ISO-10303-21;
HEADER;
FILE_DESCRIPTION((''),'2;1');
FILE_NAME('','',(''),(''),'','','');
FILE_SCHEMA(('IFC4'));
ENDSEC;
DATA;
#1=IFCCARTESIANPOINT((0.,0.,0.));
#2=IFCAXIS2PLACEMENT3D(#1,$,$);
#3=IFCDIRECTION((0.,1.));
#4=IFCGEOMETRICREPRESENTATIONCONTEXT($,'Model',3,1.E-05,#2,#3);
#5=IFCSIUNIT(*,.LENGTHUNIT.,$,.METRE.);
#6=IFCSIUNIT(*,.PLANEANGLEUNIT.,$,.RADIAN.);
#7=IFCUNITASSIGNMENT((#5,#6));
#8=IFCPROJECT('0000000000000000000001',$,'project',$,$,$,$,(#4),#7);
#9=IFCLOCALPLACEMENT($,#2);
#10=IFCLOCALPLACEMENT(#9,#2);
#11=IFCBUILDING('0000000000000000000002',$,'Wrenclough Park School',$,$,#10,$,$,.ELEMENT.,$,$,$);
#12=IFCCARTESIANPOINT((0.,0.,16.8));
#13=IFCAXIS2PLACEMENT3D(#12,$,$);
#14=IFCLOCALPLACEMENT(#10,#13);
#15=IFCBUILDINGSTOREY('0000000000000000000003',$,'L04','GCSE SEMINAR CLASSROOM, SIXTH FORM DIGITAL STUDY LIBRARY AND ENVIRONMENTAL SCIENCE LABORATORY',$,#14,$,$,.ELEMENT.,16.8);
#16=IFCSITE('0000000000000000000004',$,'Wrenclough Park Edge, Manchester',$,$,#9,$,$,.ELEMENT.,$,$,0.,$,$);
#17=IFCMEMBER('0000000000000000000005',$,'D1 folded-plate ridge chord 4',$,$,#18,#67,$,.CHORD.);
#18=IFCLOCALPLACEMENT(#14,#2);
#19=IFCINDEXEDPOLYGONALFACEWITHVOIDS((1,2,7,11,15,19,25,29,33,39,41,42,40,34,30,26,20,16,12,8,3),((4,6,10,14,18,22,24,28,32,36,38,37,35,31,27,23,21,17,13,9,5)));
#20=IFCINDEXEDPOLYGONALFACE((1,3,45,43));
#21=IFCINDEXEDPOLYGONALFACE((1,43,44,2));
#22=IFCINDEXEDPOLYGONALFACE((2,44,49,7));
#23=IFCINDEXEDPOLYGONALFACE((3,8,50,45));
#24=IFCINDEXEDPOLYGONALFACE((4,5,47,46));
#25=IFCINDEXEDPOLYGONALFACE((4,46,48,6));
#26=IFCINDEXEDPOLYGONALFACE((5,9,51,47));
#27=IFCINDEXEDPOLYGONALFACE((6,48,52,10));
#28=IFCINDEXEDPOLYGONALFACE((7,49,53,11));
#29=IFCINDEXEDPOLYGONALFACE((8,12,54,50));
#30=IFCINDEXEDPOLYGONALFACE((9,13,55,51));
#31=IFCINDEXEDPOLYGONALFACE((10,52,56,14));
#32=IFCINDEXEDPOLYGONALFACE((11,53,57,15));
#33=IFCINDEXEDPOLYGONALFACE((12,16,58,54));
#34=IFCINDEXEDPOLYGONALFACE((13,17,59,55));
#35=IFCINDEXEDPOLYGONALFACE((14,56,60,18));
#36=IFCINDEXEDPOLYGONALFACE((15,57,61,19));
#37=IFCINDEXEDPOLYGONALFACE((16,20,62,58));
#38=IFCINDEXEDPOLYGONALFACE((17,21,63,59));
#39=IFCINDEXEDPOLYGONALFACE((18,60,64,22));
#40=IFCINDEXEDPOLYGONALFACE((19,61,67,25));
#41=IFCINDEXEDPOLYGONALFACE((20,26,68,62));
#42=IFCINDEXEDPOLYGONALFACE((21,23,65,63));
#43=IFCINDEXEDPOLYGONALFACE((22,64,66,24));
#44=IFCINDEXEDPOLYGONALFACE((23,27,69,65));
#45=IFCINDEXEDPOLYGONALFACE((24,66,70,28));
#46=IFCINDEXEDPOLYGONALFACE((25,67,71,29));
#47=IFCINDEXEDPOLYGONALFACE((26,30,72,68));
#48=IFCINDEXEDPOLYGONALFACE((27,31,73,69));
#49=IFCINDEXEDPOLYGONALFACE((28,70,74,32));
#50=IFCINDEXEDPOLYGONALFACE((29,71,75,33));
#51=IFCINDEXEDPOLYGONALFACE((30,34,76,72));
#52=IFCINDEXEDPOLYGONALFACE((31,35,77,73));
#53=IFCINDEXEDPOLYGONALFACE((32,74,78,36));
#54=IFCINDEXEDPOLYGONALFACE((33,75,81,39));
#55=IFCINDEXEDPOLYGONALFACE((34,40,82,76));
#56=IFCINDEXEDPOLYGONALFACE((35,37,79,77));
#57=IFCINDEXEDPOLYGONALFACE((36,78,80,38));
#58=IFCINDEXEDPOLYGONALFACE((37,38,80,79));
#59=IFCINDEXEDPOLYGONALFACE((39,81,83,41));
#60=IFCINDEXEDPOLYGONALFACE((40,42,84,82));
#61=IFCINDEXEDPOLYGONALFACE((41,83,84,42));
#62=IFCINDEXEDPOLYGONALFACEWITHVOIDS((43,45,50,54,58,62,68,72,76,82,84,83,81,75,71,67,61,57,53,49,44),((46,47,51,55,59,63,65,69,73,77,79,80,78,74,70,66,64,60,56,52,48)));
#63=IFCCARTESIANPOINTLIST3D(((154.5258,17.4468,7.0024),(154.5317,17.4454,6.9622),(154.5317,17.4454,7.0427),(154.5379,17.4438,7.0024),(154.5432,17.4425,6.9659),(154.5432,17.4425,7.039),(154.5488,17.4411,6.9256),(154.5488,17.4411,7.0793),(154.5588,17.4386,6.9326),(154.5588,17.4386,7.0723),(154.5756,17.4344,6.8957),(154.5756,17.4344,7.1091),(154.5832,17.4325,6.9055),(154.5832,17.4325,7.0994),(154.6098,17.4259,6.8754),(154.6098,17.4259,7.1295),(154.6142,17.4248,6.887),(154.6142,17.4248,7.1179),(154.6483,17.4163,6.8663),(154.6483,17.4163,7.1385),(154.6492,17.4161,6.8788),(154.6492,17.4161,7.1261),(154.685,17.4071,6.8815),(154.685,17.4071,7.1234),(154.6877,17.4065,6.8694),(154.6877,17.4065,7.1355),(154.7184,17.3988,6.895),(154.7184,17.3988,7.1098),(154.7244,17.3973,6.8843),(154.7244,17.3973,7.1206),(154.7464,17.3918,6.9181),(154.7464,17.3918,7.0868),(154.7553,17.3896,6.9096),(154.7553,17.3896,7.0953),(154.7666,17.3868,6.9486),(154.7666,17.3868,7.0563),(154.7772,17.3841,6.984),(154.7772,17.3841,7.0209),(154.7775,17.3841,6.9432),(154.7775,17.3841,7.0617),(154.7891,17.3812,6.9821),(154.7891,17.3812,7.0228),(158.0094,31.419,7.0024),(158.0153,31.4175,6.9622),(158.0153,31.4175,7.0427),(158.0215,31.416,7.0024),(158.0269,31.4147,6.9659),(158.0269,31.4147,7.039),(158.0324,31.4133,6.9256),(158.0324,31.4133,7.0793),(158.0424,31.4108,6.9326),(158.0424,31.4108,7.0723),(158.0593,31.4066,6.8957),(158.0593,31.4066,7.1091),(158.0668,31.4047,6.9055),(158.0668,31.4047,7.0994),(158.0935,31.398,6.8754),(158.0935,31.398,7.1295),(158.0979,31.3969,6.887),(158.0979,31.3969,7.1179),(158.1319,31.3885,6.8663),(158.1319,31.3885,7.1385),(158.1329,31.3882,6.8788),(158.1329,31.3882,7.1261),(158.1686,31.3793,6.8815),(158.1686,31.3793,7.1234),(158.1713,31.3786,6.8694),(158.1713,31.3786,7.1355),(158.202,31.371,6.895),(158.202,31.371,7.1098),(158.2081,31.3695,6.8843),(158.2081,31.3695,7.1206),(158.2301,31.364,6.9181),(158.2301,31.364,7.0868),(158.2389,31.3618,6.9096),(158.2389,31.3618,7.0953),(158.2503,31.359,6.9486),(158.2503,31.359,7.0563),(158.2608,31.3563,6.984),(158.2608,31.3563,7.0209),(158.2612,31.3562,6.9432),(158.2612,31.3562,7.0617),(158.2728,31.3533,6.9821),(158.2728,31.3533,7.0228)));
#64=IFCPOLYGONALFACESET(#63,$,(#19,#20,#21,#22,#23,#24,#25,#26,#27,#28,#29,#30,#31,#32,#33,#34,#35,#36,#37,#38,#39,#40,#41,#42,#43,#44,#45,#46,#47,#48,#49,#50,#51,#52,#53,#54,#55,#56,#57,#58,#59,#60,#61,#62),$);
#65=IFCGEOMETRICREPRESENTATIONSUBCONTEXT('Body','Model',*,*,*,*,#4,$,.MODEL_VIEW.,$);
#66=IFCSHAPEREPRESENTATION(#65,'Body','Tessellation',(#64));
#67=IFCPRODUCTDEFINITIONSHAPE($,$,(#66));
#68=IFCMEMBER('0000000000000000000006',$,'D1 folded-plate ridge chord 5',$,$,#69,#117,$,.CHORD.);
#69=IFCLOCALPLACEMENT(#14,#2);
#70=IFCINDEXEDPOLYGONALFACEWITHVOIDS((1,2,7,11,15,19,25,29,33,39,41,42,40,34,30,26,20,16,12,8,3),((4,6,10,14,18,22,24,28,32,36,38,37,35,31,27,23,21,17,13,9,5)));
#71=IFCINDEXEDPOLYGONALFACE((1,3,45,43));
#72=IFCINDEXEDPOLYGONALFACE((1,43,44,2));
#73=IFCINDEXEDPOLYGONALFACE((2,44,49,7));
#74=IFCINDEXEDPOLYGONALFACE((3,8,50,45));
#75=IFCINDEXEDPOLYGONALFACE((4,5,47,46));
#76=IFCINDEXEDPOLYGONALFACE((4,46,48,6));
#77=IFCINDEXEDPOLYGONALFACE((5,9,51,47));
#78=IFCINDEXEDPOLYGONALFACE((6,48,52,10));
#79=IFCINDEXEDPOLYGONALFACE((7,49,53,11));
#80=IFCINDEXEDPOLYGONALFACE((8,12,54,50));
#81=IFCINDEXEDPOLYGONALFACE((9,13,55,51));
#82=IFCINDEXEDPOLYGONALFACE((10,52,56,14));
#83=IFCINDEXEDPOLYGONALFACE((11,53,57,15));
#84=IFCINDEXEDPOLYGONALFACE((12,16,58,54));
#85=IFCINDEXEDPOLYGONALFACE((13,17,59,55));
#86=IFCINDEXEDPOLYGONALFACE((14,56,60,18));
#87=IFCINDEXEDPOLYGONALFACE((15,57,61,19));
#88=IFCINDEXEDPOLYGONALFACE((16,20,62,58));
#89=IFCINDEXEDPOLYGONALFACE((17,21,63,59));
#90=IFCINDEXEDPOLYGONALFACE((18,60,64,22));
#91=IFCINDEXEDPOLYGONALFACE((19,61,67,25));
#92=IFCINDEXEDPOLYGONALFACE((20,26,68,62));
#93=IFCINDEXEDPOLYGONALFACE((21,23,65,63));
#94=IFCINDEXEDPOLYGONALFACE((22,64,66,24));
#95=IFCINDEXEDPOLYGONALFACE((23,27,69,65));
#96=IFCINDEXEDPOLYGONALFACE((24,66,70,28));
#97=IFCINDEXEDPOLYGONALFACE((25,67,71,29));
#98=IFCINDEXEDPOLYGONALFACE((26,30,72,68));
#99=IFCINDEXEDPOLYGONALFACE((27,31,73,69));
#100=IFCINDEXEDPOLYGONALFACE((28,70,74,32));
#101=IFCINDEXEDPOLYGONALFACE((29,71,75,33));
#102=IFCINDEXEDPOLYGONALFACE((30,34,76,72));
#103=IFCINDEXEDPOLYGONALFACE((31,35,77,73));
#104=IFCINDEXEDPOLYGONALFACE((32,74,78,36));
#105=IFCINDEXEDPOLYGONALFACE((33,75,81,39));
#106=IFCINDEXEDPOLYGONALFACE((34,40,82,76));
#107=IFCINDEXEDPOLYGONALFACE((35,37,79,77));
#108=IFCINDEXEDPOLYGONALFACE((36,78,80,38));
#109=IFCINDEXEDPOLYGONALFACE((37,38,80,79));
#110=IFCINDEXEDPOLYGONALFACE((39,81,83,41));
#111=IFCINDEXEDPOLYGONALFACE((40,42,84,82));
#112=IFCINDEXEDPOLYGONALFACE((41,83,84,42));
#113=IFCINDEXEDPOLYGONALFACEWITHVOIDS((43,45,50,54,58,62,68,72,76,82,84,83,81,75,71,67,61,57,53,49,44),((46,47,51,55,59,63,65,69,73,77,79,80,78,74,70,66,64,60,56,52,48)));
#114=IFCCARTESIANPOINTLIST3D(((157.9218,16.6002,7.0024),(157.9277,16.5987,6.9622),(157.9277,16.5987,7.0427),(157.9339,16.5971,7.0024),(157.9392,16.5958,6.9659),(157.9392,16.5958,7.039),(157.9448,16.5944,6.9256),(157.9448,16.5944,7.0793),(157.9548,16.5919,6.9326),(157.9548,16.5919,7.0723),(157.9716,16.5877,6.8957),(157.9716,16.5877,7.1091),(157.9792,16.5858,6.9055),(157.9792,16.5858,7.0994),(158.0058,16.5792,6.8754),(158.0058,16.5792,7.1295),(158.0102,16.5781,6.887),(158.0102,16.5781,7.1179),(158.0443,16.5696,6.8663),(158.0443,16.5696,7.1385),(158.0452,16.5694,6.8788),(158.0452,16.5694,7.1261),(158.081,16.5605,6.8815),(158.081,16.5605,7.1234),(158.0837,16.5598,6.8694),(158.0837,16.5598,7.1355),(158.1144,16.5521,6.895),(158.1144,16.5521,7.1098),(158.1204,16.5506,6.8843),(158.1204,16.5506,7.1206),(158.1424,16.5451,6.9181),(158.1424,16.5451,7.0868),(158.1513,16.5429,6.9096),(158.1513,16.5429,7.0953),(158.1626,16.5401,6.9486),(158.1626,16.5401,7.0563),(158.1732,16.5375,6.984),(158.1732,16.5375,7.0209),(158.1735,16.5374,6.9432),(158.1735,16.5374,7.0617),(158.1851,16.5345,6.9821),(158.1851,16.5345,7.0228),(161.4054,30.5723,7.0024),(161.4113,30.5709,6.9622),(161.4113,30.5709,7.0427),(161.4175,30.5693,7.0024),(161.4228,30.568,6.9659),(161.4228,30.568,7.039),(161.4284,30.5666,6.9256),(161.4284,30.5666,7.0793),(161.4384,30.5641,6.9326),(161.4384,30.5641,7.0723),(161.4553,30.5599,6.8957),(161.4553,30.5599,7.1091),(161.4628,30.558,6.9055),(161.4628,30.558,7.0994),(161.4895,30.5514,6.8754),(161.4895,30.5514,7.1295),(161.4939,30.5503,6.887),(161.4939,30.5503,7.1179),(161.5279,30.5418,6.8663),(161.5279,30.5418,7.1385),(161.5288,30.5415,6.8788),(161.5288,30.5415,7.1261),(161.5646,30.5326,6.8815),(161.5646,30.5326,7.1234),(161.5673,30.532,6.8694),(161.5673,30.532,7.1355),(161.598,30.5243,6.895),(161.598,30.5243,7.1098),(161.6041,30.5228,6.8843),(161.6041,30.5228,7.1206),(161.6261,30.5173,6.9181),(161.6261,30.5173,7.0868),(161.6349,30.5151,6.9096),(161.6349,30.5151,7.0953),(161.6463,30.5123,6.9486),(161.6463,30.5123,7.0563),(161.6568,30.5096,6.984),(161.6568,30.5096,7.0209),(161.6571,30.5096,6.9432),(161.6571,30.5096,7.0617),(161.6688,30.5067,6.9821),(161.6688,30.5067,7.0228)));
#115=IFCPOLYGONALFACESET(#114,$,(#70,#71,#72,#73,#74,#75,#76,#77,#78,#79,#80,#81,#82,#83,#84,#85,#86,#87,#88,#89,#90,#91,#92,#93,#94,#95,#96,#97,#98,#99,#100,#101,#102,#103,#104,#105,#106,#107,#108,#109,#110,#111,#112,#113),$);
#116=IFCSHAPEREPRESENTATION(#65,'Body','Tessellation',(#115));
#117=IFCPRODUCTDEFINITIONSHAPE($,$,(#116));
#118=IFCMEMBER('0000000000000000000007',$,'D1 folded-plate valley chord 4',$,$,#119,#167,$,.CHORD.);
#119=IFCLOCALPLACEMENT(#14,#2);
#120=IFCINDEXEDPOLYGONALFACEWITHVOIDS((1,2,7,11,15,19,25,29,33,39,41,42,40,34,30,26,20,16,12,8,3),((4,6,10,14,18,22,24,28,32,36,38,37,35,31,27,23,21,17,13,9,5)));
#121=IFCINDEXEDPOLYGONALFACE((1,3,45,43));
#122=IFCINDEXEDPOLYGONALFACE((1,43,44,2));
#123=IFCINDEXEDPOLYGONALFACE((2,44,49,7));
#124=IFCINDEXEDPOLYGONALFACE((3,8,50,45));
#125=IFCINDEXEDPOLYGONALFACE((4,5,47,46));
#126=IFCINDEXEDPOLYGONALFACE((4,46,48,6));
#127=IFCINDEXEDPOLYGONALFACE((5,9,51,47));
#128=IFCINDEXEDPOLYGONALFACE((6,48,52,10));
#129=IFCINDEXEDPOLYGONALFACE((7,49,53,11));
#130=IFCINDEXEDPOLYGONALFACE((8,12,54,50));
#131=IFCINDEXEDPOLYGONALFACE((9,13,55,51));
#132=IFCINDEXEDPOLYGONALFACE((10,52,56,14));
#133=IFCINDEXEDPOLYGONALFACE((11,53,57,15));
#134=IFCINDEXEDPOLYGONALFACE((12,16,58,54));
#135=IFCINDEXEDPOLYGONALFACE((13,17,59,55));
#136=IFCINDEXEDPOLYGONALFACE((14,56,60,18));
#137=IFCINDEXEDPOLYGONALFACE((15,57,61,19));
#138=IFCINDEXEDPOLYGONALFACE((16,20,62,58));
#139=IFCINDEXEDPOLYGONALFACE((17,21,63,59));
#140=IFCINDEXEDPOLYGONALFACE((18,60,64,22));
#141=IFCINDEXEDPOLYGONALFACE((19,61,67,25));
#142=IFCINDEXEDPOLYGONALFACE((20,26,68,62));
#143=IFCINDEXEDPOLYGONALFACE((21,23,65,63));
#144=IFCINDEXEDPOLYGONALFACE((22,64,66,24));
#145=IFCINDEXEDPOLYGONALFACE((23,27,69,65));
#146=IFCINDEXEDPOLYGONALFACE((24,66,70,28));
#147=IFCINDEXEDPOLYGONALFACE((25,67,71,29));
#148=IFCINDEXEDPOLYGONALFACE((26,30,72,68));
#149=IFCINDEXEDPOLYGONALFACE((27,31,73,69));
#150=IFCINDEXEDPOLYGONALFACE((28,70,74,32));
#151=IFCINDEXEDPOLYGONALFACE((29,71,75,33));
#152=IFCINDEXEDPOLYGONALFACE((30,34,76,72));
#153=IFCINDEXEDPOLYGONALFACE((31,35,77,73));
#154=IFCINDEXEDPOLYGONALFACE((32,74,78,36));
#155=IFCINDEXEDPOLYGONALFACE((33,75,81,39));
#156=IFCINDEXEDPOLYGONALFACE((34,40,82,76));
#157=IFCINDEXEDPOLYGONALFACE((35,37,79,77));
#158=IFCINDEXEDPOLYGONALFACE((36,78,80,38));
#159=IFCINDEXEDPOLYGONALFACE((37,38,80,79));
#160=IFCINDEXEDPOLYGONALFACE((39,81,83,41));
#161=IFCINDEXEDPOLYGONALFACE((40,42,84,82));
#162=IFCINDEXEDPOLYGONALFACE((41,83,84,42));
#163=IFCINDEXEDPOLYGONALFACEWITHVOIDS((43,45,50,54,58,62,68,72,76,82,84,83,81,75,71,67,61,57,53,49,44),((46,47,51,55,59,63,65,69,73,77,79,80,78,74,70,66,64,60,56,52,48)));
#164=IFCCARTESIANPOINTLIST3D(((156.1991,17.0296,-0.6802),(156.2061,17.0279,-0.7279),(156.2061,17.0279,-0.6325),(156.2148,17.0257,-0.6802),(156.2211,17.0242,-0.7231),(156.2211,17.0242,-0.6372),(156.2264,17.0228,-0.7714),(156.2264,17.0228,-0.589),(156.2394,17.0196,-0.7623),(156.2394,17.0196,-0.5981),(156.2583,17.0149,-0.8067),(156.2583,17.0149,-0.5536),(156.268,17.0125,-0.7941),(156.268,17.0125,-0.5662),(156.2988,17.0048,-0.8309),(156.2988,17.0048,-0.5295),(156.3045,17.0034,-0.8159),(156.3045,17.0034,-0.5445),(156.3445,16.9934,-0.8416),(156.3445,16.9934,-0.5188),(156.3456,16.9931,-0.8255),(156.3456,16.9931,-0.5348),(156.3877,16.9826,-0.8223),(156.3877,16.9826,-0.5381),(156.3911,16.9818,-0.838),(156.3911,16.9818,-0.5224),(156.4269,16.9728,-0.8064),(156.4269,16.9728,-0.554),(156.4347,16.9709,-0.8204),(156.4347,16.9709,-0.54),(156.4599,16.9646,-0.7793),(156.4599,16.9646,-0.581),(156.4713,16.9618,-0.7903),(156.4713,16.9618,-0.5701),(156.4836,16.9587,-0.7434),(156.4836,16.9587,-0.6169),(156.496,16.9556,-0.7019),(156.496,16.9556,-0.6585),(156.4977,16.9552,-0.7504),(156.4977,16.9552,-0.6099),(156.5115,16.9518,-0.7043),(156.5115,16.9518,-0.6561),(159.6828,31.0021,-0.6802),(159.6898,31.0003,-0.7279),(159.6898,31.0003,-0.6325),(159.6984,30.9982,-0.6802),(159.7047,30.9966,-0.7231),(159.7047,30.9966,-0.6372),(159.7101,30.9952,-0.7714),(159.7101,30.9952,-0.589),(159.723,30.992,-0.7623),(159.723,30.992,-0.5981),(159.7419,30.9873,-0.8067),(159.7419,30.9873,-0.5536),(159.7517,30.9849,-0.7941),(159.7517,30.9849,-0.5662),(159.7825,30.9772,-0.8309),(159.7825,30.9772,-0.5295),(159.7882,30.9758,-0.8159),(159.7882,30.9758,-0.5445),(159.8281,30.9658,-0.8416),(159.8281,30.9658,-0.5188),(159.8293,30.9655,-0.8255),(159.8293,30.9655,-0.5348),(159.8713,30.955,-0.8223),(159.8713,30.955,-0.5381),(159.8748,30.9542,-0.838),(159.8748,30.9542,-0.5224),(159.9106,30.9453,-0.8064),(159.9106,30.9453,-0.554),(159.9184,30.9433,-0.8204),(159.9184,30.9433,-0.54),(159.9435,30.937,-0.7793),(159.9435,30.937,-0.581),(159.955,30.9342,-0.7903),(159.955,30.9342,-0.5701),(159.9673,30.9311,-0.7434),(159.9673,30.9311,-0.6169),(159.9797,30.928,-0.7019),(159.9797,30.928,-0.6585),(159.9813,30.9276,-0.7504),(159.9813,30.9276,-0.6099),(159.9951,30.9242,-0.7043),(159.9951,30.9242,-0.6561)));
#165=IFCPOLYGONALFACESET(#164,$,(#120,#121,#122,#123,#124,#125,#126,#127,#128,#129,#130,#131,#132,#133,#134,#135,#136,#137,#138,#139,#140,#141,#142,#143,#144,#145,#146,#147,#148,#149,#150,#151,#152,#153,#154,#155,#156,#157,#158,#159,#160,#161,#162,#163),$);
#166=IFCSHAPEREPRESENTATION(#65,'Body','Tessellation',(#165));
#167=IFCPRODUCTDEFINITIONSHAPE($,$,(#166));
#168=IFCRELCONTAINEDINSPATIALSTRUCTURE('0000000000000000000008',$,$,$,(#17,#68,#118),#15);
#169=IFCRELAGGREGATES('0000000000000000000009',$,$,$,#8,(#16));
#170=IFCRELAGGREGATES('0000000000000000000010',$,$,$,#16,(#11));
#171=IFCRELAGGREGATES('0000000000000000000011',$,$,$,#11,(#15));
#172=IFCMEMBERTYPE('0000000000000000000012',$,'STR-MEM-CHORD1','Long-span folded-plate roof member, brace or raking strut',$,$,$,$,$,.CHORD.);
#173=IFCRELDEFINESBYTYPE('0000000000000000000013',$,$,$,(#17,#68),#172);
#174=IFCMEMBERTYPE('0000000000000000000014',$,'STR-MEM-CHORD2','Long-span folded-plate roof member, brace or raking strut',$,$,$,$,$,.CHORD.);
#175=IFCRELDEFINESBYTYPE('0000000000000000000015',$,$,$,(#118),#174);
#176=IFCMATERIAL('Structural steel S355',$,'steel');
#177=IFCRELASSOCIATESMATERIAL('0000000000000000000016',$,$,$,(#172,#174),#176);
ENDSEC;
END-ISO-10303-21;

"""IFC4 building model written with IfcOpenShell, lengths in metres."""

from ifc_helpers import new_model, si_unit, direction, frame, origin, origin_2d, place, context, subcontext, project, spatial, hollow_circle, extrude, material, material_profile, profile_set, type_object, element, save


model = new_model("IFC4")

# Units and contexts
model_context = context("Model", 3, precision=1e-05, world=origin(), true_north=direction((0.0, 1.0)))
body_context = subcontext(model_context, "Body", "Model", "MODEL_VIEW")
ifc_project = project(units=[si_unit("LENGTHUNIT", "METRE"), si_unit("PLANEANGLEUNIT", "RADIAN")], contexts=[model_context])

# Site, building, storey
site_placement = place(None, origin())
site = spatial("IfcSite", under=ifc_project, at=site_placement, Name="Wrenclough Park Edge, Manchester", CompositionType="ELEMENT", RefElevation=0.0)
building_placement = place(site_placement, origin())
building = spatial("IfcBuilding", under=site, at=building_placement, Name="Wrenclough Park School", CompositionType="ELEMENT")
storey_placement = place(building_placement, frame((0.0, 0.0, 16.8)))
storey = spatial("IfcBuildingStorey", under=building, at=storey_placement, Name="L04", Description="GCSE SEMINAR CLASSROOM, SIXTH FORM DIGITAL STUDY LIBRARY AND ENVIRONMENTAL SCIENCE LABORATORY", CompositionType="ELEMENT", Elevation=16.8)

# Shared definitions
ifc_material_1 = material(Name="Structural steel S355", Category="steel")

# Members
ifc_material_profile_1 = material_profile(ifc_material_1, hollow_circle(Radius=0.1365, WallThickness=0.0125, at=origin_2d()), Name="CHS 273.0x12.5")
ifc_profile_set_1 = profile_set([ifc_material_profile_1], Name="Structural steel S355")
member_type_1 = type_object("IfcMemberType", Name="STR-MEM-CHORD1", Description="Long-span folded-plate roof member, brace or raking strut", PredefinedType="CHORD", material=ifc_profile_set_1)
for number, where, z_axis, x_axis, name in (
    (1, (154.6582, 17.4138, 7.0024), (0.241921, 0.970296, 0.0), (-0.970296, 0.241921, 0.0), "D1 folded-plate ridge chord 4"),
    (2, (158.0542, 16.5671, 7.0024), (0.241921, 0.970296, 0.0), (-0.970296, 0.241921, 0.0), "D1 folded-plate ridge chord 5"),
):
    element("IfcMember", number, at=place(storey_placement, frame(where, z_axis=z_axis, x_axis=x_axis)), inside=storey, type_object=member_type_1, Name=name, PredefinedType="CHORD", context=body_context, shape_type="SweptSolid", body=[
        extrude(hollow_circle(Radius=0.1365, WallThickness=0.0125, at=origin_2d()), origin(), (0.0, 0.0, 1.0), 14.3999),
    ])
ifc_material_profile_2 = material_profile(ifc_material_1, hollow_circle(Radius=0.1619, WallThickness=0.0161, at=origin_2d()), Name="CHS 323.9x16.0")
ifc_profile_set_2 = profile_set([ifc_material_profile_2], Name="Structural steel S355")
member_type_2 = type_object("IfcMemberType", Name="STR-MEM-CHORD2", Description="Long-span folded-plate roof member, brace or raking strut", PredefinedType="CHORD", material=ifc_profile_set_2)
member_1_placement = place(storey_placement, frame((156.3562, 16.9905, -0.6802), z_axis=(0.241917, 0.970297, 0.0), x_axis=(-0.970297, 0.241917, 0.0)))
element("IfcMember", 3, at=member_1_placement, inside=storey, type_object=member_type_2, Name="D1 folded-plate valley chord 4", PredefinedType="CHORD", context=body_context, shape_type="SweptSolid", body=[
    extrude(hollow_circle(Radius=0.1619, WallThickness=0.0161, at=origin_2d()), origin(), (0.0, 0.0, 1.0), 14.4001),
])

save(model, "model.ifc")
